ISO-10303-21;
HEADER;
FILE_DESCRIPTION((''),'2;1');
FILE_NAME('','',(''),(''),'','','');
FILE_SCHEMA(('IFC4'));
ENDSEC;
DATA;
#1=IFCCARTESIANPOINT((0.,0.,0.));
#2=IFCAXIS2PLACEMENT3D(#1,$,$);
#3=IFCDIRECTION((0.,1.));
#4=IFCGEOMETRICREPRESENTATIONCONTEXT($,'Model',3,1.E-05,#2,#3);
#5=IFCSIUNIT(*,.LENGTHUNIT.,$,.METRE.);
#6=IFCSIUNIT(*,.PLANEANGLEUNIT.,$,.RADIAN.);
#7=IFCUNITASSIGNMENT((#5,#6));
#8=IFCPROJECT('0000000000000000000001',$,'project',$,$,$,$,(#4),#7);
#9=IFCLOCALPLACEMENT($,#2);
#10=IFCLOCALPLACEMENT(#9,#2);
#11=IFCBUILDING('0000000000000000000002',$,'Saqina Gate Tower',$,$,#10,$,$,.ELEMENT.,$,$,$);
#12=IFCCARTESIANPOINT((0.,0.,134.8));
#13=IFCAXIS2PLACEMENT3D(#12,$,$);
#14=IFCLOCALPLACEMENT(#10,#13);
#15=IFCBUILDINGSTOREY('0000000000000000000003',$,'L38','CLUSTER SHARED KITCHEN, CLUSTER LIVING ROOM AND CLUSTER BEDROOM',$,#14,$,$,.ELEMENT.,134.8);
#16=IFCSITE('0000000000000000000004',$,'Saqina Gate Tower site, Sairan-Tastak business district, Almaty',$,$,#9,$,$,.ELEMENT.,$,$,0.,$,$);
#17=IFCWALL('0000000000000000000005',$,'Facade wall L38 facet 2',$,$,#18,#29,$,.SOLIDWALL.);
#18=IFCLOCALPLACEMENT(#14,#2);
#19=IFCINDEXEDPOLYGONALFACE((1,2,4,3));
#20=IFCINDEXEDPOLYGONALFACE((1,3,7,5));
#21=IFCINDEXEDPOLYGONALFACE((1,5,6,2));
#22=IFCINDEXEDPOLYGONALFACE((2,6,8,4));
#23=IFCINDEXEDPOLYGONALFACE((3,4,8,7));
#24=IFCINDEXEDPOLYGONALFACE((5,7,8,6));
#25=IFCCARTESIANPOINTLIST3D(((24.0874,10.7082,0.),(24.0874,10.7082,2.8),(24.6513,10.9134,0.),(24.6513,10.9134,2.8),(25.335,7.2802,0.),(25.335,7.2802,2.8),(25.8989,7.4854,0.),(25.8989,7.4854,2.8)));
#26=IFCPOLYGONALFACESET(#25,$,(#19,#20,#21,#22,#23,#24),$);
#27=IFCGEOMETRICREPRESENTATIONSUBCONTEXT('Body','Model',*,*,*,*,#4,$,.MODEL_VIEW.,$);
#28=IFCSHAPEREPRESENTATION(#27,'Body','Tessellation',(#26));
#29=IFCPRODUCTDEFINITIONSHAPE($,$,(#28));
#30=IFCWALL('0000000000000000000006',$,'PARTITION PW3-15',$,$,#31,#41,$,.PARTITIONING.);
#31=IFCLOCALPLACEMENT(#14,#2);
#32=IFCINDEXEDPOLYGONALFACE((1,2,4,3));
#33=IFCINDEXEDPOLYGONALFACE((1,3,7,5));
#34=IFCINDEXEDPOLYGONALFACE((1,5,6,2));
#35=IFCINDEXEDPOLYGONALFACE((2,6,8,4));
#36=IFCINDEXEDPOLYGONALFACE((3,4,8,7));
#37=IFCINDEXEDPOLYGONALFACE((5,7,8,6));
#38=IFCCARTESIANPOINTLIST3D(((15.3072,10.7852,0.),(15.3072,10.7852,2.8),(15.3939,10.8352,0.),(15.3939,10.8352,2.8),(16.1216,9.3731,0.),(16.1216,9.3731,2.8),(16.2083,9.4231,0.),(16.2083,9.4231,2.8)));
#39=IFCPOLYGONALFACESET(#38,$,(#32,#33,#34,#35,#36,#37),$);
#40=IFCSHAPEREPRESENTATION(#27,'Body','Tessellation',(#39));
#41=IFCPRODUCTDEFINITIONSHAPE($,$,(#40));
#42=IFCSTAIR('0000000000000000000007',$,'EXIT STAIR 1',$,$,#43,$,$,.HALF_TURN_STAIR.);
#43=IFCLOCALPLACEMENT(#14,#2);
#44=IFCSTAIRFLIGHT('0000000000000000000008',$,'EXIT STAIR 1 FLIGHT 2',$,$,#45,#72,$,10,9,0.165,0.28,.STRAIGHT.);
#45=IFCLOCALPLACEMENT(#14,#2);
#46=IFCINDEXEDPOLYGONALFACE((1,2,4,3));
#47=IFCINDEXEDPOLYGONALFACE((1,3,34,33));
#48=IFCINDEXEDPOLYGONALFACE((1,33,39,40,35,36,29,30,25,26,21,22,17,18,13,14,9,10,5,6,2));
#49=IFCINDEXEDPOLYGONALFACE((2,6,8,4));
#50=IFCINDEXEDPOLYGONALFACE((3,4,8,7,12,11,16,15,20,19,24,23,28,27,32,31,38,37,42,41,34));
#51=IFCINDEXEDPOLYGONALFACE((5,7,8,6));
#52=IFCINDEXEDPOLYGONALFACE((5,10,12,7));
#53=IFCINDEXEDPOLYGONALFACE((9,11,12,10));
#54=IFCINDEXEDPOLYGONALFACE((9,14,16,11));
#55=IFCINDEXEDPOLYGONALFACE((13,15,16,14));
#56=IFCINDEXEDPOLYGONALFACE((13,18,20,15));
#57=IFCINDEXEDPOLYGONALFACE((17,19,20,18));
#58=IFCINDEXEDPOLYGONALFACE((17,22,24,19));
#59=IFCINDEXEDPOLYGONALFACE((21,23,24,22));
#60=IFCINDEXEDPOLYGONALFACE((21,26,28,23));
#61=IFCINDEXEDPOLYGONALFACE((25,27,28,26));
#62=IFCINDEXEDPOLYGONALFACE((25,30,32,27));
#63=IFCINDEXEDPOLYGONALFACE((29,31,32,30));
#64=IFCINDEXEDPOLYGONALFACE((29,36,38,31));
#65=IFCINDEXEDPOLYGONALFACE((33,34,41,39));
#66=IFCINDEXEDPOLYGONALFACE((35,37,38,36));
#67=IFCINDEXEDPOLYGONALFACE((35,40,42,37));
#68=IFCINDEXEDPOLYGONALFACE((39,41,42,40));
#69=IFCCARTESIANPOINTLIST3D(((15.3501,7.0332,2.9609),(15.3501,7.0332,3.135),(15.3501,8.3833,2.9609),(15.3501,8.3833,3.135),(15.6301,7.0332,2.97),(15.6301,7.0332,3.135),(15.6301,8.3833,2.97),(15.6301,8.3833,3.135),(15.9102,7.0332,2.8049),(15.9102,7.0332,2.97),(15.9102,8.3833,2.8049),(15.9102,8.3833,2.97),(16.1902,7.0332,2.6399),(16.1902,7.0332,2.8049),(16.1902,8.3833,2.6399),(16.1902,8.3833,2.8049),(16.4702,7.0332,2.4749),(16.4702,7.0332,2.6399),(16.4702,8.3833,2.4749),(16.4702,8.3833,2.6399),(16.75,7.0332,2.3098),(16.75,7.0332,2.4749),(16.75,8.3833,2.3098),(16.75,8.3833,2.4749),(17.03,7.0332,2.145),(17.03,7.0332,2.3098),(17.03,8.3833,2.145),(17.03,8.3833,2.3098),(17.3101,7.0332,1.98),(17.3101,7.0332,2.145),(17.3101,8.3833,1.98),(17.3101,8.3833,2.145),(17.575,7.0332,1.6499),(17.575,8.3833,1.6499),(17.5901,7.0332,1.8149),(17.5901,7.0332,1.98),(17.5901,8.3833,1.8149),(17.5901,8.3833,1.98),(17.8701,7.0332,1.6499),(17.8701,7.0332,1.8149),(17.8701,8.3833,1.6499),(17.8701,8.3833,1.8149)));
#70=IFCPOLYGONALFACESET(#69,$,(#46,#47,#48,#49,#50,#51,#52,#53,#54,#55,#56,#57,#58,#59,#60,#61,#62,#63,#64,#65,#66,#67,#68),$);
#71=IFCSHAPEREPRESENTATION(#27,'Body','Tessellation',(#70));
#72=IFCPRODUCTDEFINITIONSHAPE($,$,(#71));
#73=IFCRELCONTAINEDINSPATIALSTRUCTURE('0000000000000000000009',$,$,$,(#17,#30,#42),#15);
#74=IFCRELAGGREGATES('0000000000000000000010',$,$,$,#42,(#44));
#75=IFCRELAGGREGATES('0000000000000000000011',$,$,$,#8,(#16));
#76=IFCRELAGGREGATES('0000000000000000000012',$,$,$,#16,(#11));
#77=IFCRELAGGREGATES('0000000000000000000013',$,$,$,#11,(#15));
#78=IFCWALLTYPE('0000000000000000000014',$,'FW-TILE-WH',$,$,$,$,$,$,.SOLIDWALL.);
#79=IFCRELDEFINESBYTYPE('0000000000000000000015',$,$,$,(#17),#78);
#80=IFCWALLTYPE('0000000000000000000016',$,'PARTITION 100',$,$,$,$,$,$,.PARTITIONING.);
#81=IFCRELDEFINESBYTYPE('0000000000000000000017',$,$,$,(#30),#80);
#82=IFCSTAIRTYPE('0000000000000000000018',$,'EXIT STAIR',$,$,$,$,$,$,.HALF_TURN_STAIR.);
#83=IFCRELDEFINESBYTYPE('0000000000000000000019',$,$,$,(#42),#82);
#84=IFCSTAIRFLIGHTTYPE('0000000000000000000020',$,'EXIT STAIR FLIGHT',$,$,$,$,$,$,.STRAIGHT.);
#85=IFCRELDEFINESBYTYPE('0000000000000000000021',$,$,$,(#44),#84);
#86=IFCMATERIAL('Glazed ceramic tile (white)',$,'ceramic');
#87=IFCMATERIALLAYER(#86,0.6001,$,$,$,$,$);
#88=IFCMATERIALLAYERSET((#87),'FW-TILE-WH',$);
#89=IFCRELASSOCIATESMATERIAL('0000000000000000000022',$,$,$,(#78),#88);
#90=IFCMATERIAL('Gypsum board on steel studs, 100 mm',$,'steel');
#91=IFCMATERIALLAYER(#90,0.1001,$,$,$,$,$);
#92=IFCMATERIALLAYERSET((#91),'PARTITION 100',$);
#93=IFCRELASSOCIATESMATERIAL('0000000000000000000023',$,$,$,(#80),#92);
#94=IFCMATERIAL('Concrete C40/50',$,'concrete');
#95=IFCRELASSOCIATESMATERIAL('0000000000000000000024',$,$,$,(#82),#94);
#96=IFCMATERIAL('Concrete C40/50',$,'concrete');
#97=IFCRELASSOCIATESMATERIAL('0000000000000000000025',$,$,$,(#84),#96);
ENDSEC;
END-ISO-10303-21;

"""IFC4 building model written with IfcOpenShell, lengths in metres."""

from ifc_helpers import new_model, si_unit, direction, frame, frame_2d, origin, place, context, subcontext, project, spatial, polyline, rectangle, outline, extrude, material, layer, layer_set, type_object, element, aggregate, save


model = new_model("IFC4")

# Units and contexts
model_context = context("Model", 3, precision=1e-05, world=origin(), true_north=direction((0.0, 1.0)))
body_context = subcontext(model_context, "Body", "Model", "MODEL_VIEW")
ifc_project = project(units=[si_unit("LENGTHUNIT", "METRE"), si_unit("PLANEANGLEUNIT", "RADIAN")], contexts=[model_context])

# Site, building, storey
site_placement = place(None, origin())
site = spatial("IfcSite", under=ifc_project, at=site_placement, Name="Saqina Gate Tower site, Sairan-Tastak business district, Almaty", CompositionType="ELEMENT", RefElevation=0.0)
building_placement = place(site_placement, origin())
building = spatial("IfcBuilding", under=site, at=building_placement, Name="Saqina Gate Tower", CompositionType="ELEMENT")
storey_placement = place(building_placement, frame((0.0, 0.0, 134.8)))
storey = spatial("IfcBuildingStorey", under=building, at=storey_placement, Name="L38", Description="CLUSTER SHARED KITCHEN, CLUSTER LIVING ROOM AND CLUSTER BEDROOM", CompositionType="ELEMENT", Elevation=134.8)

# Walls
ifc_material_1 = material(Name="Glazed ceramic tile (white)", Category="ceramic")
ifc_layer_1 = layer(ifc_material_1, 0.6001)
ifc_layer_set_1 = layer_set([ifc_layer_1], Name="FW-TILE-WH")
wall_type_1 = type_object("IfcWallType", Name="FW-TILE-WH", PredefinedType="SOLIDWALL", material=ifc_layer_set_1)
wall_1_placement = place(storey_placement, frame((25.6169, 7.3828, 0.0), z_axis=(0.0, 0.0, 1.0), x_axis=(-0.34199, 0.939704, 0.0)))
element("IfcWall", 1, at=wall_1_placement, inside=storey, type_object=wall_type_1, Name="Facade wall L38 facet 2", PredefinedType="SOLIDWALL", context=body_context, shape_type="SweptSolid", body=[
    extrude(rectangle(XDim=3.6479, YDim=0.6001, at=frame_2d((1.824, 0.0))), origin(), (0.0, 0.0, 1.0), 2.8),
])
ifc_material_2 = material(Name="Gypsum board on steel studs, 100 mm", Category="steel")
ifc_layer_2 = layer(ifc_material_2, 0.1001)
ifc_layer_set_2 = layer_set([ifc_layer_2], Name="PARTITION 100")
wall_type_2 = type_object("IfcWallType", Name="PARTITION 100", PredefinedType="PARTITIONING", material=ifc_layer_set_2)
wall_2_placement = place(storey_placement, frame((15.3506, 10.8101, 0.0), z_axis=(0.0, 0.0, 1.0), x_axis=(0.499619, -0.866245, 0.0)))
element("IfcWall", 2, at=wall_2_placement, inside=storey, type_object=wall_type_2, Name="PARTITION PW3-15", PredefinedType="PARTITIONING", context=body_context, shape_type="SweptSolid", body=[
    extrude(rectangle(XDim=1.6301, YDim=0.1001, at=frame_2d((0.8149, 0.0))), origin(), (0.0, 0.0, 1.0), 2.8),
])

# Stair, stair flight
ifc_material_3 = material(Name="Concrete C40/50", Category="concrete")
stair_type = type_object("IfcStairType", Name="EXIT STAIR", PredefinedType="HALF_TURN_STAIR", material=ifc_material_3)
stair_placement = place(storey_placement, origin())
stair = element("IfcStair", 3, at=stair_placement, inside=storey, type_object=stair_type, Name="EXIT STAIR 1", PredefinedType="HALF_TURN_STAIR")
ifc_material_4 = material(Name="Concrete C40/50", Category="concrete")
stair_flight_type = type_object("IfcStairFlightType", Name="EXIT STAIR FLIGHT", PredefinedType="STRAIGHT", material=ifc_material_4)
stair_flight_placement = place(storey_placement, frame((17.8701, 7.7083, 1.6499), z_axis=(0.0, 0.0, 1.0), x_axis=(-1.0, 0.0, 0.0)))
stair_flight = element("IfcStairFlight", 4, at=stair_flight_placement, type_object=stair_flight_type, Name="EXIT STAIR 1 FLIGHT 2", NumberOfRisers=10, NumberOfTreads=9, PredefinedType="STRAIGHT", RiserHeight=0.165, TreadLength=0.28, context=body_context, shape_type="SweptSolid", body=[
    extrude(outline(polyline([(0.0, 0.0), (0.0, 0.165), (0.28, 0.165), (0.28, 0.3301), (0.5601, 0.3301), (0.5601, 0.4951), (0.8401, 0.4951), (0.8401, 0.6599), (1.1201, 0.6599), (1.1201, 0.825), (1.3999, 0.825), (1.3999, 0.99), (1.6799, 0.99), (1.6799, 1.155), (1.96, 1.155), (1.96, 1.3201), (2.24, 1.3201), (2.24, 1.4851), (2.52, 1.4851), (2.52, 1.6499), (2.52, 1.311), (0.2952, 0.0), (0.0, 0.0)])), frame((0.0, 0.675, 0.0), z_axis=(0.0, -1.0, 0.0), x_axis=(1.0, 0.0, 0.0)), (0.0, 0.0, 1.0), 1.3501),
])
aggregate(stair, [stair_flight])

save(model, "model.ifc")
